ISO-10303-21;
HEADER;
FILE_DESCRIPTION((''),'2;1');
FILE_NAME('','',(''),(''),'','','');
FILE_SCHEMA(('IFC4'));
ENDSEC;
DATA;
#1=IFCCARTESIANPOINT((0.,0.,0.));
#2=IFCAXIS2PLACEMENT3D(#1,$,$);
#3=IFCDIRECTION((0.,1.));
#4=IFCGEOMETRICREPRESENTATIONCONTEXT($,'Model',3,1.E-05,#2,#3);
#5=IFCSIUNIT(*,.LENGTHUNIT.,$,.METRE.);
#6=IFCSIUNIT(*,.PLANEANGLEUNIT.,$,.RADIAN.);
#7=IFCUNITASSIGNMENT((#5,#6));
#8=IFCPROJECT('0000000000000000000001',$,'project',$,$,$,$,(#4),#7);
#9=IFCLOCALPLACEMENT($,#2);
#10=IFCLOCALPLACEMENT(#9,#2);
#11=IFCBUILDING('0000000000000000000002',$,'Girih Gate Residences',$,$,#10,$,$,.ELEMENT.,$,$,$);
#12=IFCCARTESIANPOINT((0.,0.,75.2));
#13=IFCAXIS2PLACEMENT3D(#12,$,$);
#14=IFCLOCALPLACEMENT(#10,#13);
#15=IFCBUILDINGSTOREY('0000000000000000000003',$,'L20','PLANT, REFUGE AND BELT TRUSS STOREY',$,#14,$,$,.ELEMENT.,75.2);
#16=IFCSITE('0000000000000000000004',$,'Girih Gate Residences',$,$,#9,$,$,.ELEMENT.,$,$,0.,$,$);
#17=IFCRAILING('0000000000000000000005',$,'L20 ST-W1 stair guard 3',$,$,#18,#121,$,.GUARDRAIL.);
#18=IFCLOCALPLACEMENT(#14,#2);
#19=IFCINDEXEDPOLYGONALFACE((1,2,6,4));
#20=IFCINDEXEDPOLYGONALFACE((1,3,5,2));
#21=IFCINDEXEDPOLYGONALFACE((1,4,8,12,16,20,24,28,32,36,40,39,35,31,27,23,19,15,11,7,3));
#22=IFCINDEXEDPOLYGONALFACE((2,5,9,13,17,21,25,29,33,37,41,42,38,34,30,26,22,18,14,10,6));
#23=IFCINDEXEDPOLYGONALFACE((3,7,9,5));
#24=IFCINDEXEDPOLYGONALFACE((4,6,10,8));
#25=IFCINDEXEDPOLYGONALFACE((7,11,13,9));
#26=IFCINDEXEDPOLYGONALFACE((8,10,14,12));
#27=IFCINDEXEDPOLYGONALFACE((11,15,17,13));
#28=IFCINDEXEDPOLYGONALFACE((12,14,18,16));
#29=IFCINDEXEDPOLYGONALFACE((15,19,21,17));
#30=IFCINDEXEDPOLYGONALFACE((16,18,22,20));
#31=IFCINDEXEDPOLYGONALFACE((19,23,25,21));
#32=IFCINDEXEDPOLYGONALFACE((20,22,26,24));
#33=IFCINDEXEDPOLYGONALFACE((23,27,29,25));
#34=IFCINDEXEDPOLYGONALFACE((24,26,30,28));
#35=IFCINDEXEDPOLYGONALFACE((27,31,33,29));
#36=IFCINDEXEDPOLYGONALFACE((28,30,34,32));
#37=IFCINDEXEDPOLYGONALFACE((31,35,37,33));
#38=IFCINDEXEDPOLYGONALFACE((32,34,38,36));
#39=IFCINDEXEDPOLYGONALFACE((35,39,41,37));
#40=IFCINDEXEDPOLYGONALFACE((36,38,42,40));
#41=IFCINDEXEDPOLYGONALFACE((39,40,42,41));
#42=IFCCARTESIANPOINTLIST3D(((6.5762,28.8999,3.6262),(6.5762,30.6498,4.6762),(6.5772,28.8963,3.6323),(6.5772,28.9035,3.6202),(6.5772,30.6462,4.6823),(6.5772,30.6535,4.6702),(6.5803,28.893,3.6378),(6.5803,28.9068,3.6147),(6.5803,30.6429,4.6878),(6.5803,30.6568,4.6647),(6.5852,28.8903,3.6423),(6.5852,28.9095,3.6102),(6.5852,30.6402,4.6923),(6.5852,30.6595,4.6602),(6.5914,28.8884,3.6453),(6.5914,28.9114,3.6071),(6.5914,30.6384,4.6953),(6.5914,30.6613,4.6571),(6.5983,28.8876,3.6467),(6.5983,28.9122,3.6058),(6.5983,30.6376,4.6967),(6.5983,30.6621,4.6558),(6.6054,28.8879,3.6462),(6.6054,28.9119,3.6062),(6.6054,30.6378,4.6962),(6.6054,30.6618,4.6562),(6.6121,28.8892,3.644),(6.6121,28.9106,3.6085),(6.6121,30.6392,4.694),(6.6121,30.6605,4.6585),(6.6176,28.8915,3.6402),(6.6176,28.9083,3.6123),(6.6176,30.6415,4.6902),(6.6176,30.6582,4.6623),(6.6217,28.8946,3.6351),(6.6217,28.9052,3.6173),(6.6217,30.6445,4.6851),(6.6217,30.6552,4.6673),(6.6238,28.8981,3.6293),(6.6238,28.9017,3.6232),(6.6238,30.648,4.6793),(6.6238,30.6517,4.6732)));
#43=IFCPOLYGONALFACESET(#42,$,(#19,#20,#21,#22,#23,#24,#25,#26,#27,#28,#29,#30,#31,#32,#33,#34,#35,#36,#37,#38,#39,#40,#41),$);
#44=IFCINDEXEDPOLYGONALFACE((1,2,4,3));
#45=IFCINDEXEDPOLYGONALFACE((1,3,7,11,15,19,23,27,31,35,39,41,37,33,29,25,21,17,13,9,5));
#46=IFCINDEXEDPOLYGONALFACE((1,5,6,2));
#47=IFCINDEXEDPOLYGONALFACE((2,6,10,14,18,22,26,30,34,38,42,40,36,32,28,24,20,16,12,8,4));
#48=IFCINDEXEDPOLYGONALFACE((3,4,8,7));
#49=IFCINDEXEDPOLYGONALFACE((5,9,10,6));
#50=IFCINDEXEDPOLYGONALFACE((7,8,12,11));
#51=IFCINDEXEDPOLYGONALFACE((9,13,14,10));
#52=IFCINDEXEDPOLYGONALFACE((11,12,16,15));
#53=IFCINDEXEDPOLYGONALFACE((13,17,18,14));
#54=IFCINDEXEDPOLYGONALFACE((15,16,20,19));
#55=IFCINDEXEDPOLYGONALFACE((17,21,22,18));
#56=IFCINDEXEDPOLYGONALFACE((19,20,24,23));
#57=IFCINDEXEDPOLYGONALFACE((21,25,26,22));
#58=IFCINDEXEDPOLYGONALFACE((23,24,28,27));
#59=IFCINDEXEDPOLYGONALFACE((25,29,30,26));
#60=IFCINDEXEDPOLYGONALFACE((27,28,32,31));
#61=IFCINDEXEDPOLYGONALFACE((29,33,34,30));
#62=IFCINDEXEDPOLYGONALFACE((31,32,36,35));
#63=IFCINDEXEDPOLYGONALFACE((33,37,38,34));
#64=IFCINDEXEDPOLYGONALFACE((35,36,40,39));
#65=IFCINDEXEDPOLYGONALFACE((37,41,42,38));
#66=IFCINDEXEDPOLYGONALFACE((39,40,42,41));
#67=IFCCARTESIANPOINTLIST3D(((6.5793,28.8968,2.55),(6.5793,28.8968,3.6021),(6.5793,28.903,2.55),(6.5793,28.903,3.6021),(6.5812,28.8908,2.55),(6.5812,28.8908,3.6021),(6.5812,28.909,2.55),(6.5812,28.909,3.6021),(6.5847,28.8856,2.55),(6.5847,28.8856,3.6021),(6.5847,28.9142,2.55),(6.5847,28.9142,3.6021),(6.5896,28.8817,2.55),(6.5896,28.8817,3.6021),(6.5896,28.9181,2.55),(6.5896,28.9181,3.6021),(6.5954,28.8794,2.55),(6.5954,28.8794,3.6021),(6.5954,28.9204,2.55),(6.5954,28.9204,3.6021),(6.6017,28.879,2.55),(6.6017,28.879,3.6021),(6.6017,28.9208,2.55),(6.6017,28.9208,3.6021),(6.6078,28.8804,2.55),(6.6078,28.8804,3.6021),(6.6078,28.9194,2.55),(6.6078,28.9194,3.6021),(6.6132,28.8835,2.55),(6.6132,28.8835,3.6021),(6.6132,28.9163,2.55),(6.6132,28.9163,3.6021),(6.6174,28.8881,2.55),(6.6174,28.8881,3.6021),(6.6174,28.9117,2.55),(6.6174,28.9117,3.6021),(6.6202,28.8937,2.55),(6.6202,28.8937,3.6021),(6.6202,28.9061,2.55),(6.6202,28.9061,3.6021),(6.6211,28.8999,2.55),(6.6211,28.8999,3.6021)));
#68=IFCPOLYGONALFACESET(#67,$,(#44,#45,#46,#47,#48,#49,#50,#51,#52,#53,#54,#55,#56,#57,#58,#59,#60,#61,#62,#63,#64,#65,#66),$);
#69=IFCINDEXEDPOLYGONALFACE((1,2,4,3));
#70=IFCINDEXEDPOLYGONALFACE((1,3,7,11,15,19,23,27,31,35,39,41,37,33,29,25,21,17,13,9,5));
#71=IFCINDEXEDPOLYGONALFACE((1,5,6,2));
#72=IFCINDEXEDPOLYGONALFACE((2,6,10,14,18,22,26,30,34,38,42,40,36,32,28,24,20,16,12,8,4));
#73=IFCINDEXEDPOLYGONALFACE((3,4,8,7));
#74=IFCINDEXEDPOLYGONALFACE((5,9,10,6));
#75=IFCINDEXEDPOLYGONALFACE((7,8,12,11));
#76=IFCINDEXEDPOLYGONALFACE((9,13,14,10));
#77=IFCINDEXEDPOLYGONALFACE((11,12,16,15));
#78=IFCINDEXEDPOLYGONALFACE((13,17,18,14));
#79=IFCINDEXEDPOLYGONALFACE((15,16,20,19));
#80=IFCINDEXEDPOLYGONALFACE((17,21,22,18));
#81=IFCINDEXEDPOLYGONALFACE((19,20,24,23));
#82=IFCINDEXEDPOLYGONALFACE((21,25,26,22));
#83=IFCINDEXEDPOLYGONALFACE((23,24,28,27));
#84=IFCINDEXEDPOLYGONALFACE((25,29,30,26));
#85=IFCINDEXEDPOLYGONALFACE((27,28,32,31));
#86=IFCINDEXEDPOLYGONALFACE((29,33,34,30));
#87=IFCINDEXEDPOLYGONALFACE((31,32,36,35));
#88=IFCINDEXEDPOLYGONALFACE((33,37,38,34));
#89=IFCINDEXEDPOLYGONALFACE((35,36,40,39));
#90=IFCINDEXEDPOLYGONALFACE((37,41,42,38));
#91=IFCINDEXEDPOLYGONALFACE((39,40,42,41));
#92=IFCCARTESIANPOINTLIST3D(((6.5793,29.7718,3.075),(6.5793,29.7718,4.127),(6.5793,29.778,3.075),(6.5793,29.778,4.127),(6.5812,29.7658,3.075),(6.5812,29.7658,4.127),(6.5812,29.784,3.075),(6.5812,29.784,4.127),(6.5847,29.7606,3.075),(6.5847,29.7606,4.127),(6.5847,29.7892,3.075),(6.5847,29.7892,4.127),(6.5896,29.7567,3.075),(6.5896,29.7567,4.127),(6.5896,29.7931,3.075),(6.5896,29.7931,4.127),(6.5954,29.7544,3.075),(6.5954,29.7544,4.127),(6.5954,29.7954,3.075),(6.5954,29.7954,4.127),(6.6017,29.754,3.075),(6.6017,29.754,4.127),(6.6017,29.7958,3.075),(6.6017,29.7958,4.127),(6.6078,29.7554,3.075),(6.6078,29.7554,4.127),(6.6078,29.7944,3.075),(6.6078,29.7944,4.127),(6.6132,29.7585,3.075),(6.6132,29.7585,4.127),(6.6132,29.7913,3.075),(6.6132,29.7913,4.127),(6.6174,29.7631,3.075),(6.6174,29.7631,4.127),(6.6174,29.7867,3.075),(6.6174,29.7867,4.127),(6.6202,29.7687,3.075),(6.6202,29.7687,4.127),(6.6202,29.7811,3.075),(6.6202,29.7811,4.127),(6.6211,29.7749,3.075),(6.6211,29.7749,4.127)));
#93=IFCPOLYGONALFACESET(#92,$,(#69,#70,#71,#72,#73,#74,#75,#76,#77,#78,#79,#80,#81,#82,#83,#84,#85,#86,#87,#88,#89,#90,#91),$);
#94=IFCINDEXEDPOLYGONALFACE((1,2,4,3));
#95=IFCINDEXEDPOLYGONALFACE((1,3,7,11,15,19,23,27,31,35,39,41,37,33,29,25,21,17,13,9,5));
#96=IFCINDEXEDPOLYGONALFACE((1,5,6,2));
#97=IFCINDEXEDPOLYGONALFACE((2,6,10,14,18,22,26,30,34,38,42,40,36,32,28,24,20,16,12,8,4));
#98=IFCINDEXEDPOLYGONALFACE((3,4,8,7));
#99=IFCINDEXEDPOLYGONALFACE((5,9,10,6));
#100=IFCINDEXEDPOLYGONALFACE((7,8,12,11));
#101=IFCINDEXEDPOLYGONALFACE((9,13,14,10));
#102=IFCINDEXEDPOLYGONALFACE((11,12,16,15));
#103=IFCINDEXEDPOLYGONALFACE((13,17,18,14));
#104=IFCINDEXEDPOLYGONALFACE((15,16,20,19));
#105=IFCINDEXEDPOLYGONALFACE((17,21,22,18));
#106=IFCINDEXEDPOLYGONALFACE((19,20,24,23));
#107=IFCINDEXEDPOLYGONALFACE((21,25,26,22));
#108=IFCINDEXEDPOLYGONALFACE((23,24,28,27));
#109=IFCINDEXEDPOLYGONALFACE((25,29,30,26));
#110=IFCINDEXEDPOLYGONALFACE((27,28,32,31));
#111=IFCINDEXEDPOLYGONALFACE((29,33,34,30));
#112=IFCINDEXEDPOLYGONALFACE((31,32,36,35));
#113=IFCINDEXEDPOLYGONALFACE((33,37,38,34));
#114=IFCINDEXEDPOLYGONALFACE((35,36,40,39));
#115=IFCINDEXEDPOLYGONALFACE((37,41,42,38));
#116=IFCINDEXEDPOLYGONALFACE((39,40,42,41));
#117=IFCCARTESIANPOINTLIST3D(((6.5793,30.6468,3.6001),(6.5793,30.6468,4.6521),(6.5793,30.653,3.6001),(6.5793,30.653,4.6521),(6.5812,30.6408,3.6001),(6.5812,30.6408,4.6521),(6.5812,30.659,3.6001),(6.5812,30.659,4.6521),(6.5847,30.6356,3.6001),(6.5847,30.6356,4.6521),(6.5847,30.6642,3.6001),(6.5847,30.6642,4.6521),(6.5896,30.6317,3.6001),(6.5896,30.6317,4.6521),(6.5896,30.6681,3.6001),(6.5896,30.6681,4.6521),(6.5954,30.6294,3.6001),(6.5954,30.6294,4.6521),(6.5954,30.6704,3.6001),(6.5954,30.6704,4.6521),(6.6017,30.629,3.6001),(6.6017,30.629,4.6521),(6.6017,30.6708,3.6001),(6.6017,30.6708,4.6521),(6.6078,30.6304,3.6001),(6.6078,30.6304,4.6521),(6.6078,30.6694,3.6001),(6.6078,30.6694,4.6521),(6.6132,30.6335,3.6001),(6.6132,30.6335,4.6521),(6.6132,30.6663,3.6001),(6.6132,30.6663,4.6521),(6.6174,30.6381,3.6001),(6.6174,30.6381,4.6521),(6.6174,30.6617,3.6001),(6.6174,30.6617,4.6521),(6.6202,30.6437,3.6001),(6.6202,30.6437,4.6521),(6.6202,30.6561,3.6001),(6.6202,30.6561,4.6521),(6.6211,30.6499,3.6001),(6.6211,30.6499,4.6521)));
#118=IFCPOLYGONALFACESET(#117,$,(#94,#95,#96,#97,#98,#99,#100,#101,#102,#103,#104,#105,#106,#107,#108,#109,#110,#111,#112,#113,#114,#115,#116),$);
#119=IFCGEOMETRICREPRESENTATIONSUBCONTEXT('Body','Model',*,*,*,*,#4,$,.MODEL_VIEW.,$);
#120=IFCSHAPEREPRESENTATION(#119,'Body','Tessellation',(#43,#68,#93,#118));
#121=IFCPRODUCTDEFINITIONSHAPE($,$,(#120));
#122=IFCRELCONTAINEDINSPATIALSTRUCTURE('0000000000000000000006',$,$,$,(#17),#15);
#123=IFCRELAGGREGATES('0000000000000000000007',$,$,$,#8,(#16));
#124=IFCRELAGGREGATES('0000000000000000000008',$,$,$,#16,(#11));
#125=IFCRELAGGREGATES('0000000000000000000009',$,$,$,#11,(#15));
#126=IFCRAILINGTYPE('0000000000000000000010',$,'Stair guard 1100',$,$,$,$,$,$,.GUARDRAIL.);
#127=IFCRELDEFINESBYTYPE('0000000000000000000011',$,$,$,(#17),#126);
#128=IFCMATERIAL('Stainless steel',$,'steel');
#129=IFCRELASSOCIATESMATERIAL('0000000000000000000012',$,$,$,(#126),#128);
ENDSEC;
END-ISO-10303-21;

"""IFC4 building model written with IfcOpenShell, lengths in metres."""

from ifc_helpers import new_model, si_unit, direction, frame, origin, origin_2d, place, context, subcontext, project, spatial, circle, extrude, material, type_object, element, save


model = new_model("IFC4")

# Units and contexts
model_context = context("Model", 3, precision=1e-05, world=origin(), true_north=direction((0.0, 1.0)))
body_context = subcontext(model_context, "Body", "Model", "MODEL_VIEW")
ifc_project = project(units=[si_unit("LENGTHUNIT", "METRE"), si_unit("PLANEANGLEUNIT", "RADIAN")], contexts=[model_context])

# Site, building, storey
site_placement = place(None, origin())
site = spatial("IfcSite", under=ifc_project, at=site_placement, Name="Girih Gate Residences", CompositionType="ELEMENT", RefElevation=0.0)
building_placement = place(site_placement, origin())
building = spatial("IfcBuilding", under=site, at=building_placement, Name="Girih Gate Residences", CompositionType="ELEMENT")
storey_placement = place(building_placement, frame((0.0, 0.0, 75.2)))
storey = spatial("IfcBuildingStorey", under=building, at=storey_placement, Name="L20", Description="PLANT, REFUGE AND BELT TRUSS STOREY", CompositionType="ELEMENT", Elevation=75.2)

# Railing
ifc_material_1 = material(Name="Stainless steel", Category="steel")
railing_type_1 = type_object("IfcRailingType", Name="Stair guard 1100", PredefinedType="GUARDRAIL", material=ifc_material_1)
railing_1_placement = place(storey_placement, frame((6.6001, 28.8999, 2.55)))
element("IfcRailing", 1, at=railing_1_placement, inside=storey, type_object=railing_type_1, Name="L20 ST-W1 stair guard 3", PredefinedType="GUARDRAIL", context=body_context, shape_type="SweptSolid", body=[
    extrude(circle(Radius=0.0239, at=origin_2d()), frame((0.0, 0.0, 1.0762), z_axis=(0.0, 0.857482, 0.514513), x_axis=(-1.0, 0.0, 0.0)), (0.0, 0.0, 1.0), 2.0408),
    extrude(circle(Radius=0.021, at=origin_2d()), origin(), (0.0, 0.0, 1.0), 1.052),
    extrude(circle(Radius=0.021, at=origin_2d()), frame((0.0, 0.875, 0.5249)), (0.0, 0.0, 1.0), 1.052),
    extrude(circle(Radius=0.021, at=origin_2d()), frame((0.0, 1.75, 1.05)), (0.0, 0.0, 1.0), 1.052),
])

save(model, "model.ifc")
